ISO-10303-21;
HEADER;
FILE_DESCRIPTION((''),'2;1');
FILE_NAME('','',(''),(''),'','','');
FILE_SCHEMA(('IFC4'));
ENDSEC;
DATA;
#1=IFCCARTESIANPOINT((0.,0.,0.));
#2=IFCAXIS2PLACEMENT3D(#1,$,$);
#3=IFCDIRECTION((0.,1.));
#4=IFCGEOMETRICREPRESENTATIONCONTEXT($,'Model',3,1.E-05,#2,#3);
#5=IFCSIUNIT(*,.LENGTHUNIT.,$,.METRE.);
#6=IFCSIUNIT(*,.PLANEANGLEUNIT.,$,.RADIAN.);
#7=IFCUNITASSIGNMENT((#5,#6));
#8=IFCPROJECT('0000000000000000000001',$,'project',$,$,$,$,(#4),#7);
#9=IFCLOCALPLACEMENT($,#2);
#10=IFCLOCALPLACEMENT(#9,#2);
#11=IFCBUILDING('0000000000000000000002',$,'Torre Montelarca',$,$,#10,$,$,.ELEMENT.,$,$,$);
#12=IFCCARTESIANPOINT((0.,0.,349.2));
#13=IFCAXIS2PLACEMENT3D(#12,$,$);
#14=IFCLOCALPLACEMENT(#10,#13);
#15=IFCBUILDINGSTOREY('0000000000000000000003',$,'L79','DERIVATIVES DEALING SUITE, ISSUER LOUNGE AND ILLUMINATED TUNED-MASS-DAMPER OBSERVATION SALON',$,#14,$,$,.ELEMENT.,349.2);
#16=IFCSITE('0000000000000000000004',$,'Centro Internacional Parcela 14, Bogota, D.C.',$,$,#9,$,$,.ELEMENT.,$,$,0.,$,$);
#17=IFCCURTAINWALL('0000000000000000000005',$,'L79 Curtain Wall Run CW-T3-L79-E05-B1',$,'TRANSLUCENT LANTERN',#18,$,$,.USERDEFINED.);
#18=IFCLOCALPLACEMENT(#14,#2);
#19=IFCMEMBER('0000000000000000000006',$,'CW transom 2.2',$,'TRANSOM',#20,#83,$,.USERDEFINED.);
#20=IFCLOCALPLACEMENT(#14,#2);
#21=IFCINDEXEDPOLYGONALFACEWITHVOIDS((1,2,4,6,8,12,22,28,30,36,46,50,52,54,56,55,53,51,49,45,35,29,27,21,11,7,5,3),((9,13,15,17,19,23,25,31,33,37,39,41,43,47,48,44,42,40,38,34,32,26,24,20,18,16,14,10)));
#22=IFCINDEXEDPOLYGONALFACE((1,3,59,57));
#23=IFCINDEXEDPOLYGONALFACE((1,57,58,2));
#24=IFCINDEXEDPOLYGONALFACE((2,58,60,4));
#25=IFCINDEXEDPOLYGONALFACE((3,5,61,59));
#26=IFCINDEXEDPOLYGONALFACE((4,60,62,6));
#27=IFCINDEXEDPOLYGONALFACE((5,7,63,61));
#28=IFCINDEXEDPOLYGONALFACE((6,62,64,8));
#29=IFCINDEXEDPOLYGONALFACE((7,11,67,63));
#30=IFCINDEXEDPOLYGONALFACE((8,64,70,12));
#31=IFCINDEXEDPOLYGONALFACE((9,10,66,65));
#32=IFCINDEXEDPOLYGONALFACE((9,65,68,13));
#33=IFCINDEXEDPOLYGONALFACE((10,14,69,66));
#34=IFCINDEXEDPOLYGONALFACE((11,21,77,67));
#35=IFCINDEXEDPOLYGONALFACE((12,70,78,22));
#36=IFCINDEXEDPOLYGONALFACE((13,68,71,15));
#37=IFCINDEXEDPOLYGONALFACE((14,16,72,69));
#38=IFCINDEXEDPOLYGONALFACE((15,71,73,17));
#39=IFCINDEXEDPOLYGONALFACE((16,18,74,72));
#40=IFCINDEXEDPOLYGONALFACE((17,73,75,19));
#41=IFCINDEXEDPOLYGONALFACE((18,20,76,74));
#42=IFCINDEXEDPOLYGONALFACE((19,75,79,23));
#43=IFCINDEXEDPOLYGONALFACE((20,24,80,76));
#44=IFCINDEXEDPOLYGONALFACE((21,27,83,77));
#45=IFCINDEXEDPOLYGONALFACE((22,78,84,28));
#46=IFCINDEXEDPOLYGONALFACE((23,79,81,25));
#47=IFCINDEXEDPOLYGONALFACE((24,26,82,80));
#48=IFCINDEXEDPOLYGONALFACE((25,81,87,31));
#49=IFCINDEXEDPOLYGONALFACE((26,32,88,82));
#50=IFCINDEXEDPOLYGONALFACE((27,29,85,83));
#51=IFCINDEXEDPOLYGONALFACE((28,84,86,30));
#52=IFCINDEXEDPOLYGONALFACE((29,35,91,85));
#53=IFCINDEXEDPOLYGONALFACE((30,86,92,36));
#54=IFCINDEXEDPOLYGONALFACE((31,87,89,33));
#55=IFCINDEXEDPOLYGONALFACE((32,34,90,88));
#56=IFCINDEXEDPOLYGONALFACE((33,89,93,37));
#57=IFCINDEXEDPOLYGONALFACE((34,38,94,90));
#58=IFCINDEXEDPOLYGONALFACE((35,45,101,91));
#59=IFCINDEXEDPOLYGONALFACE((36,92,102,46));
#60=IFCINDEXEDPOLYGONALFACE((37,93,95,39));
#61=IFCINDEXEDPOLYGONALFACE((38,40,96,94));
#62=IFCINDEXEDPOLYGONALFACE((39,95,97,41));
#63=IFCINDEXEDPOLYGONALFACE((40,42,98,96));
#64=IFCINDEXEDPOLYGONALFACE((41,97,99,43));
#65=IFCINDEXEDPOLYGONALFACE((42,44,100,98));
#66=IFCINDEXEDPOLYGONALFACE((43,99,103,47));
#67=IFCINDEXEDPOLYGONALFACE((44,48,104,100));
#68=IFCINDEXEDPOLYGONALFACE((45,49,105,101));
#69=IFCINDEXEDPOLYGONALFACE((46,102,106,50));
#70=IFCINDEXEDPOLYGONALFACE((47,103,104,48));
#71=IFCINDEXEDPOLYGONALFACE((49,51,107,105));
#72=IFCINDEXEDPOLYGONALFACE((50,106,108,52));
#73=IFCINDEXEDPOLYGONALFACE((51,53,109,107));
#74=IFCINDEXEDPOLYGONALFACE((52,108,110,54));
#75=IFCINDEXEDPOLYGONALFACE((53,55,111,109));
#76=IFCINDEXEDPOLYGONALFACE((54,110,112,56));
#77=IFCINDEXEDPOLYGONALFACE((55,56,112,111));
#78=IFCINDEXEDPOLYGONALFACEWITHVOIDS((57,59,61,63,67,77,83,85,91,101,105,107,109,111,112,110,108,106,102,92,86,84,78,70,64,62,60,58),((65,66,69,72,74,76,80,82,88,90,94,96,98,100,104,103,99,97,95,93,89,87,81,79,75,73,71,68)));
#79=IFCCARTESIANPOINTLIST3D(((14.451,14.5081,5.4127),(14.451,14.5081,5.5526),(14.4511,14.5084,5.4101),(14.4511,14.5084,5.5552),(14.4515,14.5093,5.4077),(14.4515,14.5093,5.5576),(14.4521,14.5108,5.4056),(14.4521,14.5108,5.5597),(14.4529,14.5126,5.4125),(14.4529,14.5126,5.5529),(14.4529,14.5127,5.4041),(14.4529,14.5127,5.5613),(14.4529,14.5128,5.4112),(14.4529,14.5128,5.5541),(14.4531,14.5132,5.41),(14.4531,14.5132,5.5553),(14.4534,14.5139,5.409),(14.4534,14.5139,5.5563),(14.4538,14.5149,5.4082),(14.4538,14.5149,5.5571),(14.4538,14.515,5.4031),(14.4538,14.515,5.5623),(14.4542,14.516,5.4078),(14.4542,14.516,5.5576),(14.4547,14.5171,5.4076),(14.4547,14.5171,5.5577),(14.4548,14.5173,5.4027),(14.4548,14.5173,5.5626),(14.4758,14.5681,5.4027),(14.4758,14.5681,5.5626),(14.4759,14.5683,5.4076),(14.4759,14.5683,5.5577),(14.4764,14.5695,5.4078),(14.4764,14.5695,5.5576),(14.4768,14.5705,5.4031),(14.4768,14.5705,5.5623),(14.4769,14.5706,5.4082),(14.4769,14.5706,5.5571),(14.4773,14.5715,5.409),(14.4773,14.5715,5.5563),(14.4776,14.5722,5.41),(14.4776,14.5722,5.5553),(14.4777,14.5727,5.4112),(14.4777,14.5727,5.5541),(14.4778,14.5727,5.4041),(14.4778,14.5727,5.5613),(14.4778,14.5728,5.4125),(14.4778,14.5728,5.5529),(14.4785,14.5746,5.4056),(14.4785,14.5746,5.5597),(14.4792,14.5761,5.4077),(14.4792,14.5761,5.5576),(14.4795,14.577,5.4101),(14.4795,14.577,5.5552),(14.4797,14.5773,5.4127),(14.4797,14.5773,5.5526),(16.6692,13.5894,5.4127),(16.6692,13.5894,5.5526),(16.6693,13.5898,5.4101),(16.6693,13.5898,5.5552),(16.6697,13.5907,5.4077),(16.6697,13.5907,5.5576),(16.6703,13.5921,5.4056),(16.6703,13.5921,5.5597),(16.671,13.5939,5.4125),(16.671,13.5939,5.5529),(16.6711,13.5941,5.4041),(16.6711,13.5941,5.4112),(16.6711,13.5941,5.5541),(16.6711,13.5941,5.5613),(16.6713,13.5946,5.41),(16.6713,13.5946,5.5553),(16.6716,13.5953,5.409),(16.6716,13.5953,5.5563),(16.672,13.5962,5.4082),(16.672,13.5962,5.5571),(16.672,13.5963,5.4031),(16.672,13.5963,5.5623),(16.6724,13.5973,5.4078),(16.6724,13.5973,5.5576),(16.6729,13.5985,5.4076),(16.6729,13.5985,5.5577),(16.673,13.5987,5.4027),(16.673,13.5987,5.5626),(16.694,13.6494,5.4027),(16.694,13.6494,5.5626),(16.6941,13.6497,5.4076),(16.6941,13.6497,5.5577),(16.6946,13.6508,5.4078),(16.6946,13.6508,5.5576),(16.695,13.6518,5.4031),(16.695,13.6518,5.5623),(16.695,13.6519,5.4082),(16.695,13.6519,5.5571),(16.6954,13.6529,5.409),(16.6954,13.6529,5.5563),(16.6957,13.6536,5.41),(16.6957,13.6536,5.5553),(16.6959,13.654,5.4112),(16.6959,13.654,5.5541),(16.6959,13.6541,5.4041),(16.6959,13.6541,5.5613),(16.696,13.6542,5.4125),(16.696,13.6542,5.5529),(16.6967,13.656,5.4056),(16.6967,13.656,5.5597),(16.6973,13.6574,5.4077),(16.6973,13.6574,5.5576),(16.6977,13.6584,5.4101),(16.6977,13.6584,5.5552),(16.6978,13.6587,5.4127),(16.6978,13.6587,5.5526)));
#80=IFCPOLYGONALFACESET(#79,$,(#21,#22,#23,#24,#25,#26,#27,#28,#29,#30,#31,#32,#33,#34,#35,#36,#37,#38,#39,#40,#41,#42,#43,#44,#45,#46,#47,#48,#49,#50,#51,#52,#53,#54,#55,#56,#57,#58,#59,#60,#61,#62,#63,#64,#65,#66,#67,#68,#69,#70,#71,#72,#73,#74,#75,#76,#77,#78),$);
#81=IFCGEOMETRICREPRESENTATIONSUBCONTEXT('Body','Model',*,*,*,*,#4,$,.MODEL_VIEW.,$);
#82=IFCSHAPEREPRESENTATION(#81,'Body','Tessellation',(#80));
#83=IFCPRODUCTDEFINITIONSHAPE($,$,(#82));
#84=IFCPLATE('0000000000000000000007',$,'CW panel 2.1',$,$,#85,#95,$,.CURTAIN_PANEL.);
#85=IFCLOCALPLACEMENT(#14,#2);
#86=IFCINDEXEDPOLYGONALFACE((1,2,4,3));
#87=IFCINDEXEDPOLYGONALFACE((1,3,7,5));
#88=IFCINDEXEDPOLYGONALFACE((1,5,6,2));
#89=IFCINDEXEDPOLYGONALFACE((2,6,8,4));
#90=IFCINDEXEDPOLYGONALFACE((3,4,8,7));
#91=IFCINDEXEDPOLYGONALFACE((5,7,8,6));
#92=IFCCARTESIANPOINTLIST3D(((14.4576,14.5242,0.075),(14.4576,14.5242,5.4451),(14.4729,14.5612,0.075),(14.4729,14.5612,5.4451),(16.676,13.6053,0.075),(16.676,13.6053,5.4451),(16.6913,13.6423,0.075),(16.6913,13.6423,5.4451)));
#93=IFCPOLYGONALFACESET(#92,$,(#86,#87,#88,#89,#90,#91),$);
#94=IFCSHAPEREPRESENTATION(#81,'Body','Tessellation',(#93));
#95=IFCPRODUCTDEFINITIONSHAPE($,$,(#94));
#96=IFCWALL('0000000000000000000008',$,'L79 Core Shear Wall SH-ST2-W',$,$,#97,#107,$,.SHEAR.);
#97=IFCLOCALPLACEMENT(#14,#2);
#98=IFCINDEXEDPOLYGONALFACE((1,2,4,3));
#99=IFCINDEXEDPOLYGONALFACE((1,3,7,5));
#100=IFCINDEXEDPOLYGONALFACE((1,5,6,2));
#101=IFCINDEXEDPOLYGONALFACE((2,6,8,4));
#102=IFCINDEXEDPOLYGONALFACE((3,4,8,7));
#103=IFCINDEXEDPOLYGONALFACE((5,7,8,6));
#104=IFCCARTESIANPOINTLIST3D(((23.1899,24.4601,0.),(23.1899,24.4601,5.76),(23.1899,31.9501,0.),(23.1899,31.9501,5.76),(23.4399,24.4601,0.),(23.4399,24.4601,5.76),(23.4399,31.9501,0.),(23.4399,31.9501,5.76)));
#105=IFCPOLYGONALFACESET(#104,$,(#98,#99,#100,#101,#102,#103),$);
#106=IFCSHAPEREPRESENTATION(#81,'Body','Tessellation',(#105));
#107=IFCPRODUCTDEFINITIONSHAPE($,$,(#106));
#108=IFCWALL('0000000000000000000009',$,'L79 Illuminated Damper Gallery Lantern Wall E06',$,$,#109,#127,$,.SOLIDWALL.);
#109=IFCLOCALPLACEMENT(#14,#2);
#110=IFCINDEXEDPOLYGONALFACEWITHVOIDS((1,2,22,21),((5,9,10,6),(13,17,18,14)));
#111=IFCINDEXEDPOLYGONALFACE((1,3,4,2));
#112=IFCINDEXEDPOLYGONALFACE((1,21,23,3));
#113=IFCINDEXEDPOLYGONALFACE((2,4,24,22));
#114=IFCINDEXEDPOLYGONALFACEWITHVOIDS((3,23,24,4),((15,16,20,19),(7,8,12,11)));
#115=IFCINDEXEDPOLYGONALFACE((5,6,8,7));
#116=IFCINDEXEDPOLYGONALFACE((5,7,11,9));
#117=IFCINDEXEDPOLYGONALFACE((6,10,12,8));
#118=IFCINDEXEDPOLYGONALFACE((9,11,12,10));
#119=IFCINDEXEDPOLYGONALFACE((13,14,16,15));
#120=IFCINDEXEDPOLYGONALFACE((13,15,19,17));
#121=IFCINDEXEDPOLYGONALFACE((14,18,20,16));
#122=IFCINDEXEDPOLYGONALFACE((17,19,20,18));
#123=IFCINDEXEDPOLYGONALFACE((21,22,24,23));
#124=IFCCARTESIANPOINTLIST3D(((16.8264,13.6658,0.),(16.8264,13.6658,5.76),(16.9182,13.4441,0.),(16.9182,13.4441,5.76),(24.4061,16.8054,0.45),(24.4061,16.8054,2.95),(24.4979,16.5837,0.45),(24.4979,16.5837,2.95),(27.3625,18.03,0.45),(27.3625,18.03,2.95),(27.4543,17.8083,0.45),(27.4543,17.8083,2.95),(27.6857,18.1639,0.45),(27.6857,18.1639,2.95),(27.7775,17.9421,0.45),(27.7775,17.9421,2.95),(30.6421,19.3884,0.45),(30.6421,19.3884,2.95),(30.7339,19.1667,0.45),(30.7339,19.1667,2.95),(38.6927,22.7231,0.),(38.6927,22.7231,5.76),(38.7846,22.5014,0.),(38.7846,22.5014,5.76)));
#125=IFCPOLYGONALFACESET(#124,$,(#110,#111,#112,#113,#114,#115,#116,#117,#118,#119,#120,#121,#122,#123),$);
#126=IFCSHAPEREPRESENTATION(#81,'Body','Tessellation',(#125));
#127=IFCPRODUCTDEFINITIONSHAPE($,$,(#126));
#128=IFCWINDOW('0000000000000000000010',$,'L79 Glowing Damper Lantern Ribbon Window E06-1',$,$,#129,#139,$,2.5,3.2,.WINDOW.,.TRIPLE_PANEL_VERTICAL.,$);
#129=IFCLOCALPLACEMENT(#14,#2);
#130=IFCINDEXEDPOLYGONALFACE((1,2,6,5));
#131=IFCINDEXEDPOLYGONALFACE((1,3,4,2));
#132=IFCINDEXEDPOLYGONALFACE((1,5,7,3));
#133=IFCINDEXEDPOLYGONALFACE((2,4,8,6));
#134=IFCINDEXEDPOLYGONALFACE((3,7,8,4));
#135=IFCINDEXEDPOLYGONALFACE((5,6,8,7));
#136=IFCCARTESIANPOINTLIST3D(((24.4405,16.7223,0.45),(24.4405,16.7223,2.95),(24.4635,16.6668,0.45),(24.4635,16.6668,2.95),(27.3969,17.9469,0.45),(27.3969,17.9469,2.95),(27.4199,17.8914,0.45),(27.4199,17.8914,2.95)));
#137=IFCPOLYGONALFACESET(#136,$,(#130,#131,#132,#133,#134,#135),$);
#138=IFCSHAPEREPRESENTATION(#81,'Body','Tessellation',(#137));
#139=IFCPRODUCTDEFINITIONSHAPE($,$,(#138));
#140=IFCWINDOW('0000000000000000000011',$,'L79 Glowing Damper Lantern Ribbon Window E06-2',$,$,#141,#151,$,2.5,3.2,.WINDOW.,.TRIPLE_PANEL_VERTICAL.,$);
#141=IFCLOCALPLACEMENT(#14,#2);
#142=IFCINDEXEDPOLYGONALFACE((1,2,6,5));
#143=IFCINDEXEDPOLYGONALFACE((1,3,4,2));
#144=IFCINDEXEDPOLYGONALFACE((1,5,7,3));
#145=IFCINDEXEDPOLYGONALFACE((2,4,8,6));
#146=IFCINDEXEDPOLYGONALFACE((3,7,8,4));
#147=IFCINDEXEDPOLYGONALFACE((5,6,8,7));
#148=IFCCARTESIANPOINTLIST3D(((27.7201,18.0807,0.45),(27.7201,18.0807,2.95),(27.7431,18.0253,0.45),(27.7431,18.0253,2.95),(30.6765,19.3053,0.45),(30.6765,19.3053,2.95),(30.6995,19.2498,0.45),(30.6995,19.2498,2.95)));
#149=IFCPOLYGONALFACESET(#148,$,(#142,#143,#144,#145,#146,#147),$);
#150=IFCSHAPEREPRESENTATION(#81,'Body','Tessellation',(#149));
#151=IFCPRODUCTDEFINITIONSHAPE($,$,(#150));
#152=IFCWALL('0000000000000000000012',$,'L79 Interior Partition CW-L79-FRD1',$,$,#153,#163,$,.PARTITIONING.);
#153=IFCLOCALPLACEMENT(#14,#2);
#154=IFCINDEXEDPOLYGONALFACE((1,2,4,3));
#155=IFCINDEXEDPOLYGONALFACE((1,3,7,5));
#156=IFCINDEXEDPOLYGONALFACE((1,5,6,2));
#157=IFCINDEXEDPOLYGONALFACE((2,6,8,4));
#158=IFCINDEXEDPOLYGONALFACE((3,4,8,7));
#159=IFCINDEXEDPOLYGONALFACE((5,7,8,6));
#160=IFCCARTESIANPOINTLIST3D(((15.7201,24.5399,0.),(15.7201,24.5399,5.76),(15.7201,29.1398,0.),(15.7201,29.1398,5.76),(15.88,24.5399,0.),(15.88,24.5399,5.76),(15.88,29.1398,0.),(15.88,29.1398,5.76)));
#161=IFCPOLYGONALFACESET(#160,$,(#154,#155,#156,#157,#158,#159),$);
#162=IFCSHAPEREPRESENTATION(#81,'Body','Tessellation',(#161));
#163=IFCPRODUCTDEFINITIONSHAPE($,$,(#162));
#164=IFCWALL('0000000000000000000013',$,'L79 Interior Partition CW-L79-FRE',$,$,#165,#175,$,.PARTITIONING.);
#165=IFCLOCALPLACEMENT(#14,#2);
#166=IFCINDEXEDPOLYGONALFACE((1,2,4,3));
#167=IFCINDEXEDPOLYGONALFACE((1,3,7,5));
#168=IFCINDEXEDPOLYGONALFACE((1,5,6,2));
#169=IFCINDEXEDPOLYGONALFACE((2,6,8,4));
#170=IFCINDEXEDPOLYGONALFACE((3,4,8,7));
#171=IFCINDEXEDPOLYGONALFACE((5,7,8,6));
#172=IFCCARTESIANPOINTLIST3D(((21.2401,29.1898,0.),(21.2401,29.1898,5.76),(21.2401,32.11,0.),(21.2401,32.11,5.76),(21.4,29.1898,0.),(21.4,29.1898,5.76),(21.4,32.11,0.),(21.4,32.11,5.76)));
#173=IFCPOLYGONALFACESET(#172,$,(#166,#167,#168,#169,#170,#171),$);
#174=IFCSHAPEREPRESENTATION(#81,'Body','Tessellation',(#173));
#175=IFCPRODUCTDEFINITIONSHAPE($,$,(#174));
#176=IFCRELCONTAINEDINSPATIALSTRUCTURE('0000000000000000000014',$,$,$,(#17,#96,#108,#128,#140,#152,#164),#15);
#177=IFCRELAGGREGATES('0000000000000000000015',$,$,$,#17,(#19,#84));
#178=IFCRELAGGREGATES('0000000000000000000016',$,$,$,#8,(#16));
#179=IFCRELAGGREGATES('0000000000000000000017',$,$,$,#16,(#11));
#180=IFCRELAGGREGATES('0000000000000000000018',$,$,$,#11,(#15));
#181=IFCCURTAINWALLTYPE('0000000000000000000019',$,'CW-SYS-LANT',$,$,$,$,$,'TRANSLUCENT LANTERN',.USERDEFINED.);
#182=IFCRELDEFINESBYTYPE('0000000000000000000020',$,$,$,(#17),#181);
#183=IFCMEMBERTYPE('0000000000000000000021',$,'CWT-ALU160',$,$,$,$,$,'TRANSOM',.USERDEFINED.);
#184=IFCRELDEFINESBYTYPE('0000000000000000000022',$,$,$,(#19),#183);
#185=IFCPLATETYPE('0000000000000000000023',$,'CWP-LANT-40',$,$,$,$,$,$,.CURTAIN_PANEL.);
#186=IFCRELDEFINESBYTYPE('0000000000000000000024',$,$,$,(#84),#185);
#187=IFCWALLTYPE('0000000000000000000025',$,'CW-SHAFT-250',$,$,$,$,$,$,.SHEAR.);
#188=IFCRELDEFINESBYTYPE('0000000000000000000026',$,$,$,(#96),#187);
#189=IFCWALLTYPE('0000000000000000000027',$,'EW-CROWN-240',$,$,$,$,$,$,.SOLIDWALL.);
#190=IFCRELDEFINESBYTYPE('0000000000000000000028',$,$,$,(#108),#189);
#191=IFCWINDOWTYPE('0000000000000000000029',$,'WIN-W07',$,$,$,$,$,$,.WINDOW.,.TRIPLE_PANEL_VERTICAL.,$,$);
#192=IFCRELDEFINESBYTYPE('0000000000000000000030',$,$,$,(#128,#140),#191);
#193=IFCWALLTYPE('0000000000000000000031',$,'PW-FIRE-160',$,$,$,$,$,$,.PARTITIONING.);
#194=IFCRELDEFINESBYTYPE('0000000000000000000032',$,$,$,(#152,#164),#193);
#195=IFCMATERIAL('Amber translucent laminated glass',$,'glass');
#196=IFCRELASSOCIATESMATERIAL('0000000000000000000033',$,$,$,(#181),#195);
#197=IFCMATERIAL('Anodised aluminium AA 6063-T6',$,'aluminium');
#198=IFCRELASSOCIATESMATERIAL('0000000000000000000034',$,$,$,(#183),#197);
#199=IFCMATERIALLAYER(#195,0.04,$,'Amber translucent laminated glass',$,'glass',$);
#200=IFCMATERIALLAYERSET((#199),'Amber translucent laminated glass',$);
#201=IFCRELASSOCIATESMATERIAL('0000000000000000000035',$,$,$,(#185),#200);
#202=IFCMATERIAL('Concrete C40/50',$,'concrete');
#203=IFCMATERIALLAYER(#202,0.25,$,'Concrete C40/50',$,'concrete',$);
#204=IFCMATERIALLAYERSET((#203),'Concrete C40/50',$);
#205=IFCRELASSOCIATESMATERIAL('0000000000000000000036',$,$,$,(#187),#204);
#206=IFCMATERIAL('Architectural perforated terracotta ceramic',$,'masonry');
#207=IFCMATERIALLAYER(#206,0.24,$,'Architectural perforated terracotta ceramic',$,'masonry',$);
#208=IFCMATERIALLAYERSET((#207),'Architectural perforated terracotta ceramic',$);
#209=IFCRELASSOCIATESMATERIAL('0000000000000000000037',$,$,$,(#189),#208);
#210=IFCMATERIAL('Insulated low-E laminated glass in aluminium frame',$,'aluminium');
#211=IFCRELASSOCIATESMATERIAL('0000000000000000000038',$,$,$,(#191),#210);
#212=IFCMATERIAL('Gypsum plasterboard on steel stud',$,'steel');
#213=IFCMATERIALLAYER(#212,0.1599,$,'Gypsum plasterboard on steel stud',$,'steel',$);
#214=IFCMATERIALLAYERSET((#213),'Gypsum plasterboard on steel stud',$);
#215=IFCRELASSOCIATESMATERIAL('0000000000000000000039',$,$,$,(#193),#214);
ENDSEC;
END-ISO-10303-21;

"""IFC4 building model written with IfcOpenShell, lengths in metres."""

from ifc_helpers import new_model, si_unit, direction, frame, frame_2d, origin, origin_2d, place, context, subcontext, project, spatial, rectangle, hollow_rectangle, extrude, source, transform, mapped, material, layer, layer_set, material_profile, profile_set, type_object, element, fill, aggregate, save


model = new_model("IFC4")

# Units and contexts
model_context = context("Model", 3, precision=1e-05, world=origin(), true_north=direction((0.0, 1.0)))
body_context = subcontext(model_context, "Body", "Model", "MODEL_VIEW")
ifc_project = project(units=[si_unit("LENGTHUNIT", "METRE"), si_unit("PLANEANGLEUNIT", "RADIAN")], contexts=[model_context])

# Site, building, storey
site_placement = place(None, origin())
site = spatial("IfcSite", under=ifc_project, at=site_placement, Name="Centro Internacional Parcela 14, Bogota, D.C.", CompositionType="ELEMENT", RefElevation=0.0)
building_placement = place(site_placement, origin())
building = spatial("IfcBuilding", under=site, at=building_placement, Name="Torre Montelarca", CompositionType="ELEMENT")
storey_placement = place(building_placement, frame((0.0, 0.0, 349.2)))
storey = spatial("IfcBuildingStorey", under=building, at=storey_placement, Name="L79", Description="DERIVATIVES DEALING SUITE, ISSUER LOUNGE AND ILLUMINATED TUNED-MASS-DAMPER OBSERVATION SALON", CompositionType="ELEMENT", Elevation=349.2)

# Shared definitions
ifc_material_1 = material(Name="Concrete C40/50", Category="concrete")

# Curtain wall, member, plate
ifc_material_2 = material(Name="Amber translucent laminated glass", Category="glass")
curtain_wall_type = type_object("IfcCurtainWallType", Name="CW-SYS-LANT", ElementType="TRANSLUCENT LANTERN", PredefinedType="USERDEFINED", material=ifc_material_2)
curtain_wall_placement = place(storey_placement, origin())
curtain_wall = element("IfcCurtainWall", 1, at=curtain_wall_placement, inside=storey, type_object=curtain_wall_type, Name="L79 Curtain Wall Run CW-T3-L79-E05-B1", ObjectType="TRANSLUCENT LANTERN", PredefinedType="USERDEFINED")
ifc_material_3 = material(Name="Anodised aluminium AA 6063-T6", Category="aluminium")
ifc_material_profile_1 = material_profile(ifc_material_3, hollow_rectangle(XDim=0.075, YDim=0.1599, WallThickness=0.0049, InnerFilletRadius=0.0049, OuterFilletRadius=0.01, at=origin_2d()), Name="ALU75X160X5", Category="aluminium")
ifc_profile_set_1 = profile_set([ifc_material_profile_1], Name="Anodised aluminium AA 6063-T6")
member_type_1 = type_object("IfcMemberType", Name="CWT-ALU160", ElementType="TRANSOM", PredefinedType="USERDEFINED", material=ifc_profile_set_1)
shared_shape_1 = source(origin(), body_context, "Body", "SweptSolid", [
    extrude(hollow_rectangle(XDim=0.075, YDim=0.1599, WallThickness=0.0049, InnerFilletRadius=0.0049, OuterFilletRadius=0.01, at=origin_2d()), origin(), (0.0, 0.0, 1.0), 2.4009),
])
member_1_placement = place(storey_placement, frame((14.4653, 14.5427, 5.4827), z_axis=(0.923899, -0.382636, 0.0), x_axis=(0.382636, 0.923899, 0.0)))
member_1 = element("IfcMember", 2, at=member_1_placement, type_object=member_type_1, Name="CW transom 2.2", ObjectType="TRANSOM", PredefinedType="USERDEFINED", context=body_context, shape_type="MappedRepresentation", body=[
    mapped(shared_shape_1, transform((0.0, 0.0, 0.0), scale=1.0)),
])
ifc_layer_1 = layer(ifc_material_2, 0.04, Name="Amber translucent laminated glass", Category="glass")
ifc_layer_set_1 = layer_set([ifc_layer_1], Name="Amber translucent laminated glass")
plate_type = type_object("IfcPlateType", Name="CWP-LANT-40", PredefinedType="CURTAIN_PANEL", material=ifc_layer_set_1)
shared_shape_2 = source(origin(), body_context, "Body", "SweptSolid", [
    extrude(rectangle(XDim=2.4011, YDim=0.04, at=origin_2d()), origin(), (0.0, 0.0, 1.0), 5.3701),
])
plate_placement = place(storey_placement, frame((15.5745, 14.0833, 0.075), z_axis=(0.0, 0.0, 1.0), x_axis=(0.923885, -0.382671, 0.0)))
plate = element("IfcPlate", 3, at=plate_placement, type_object=plate_type, Name="CW panel 2.1", PredefinedType="CURTAIN_PANEL", context=body_context, shape_type="MappedRepresentation", body=[
    mapped(shared_shape_2, transform((0.0, 0.0, 0.0), scale=1.0)),
])
aggregate(curtain_wall, [member_1, plate])

# Wall
ifc_layer_2 = layer(ifc_material_1, 0.25, Name="Concrete C40/50", Category="concrete")
ifc_layer_set_2 = layer_set([ifc_layer_2], Name="Concrete C40/50")
wall_type_1 = type_object("IfcWallType", Name="CW-SHAFT-250", PredefinedType="SHEAR", material=ifc_layer_set_2)
wall_1_placement = place(storey_placement, frame((23.3149, 24.46, 0.0), z_axis=(0.0, 0.0, 1.0), x_axis=(0.0, 1.0, 0.0)))
element("IfcWall", 4, at=wall_1_placement, inside=storey, type_object=wall_type_1, Name="L79 Core Shear Wall SH-ST2-W", PredefinedType="SHEAR", context=body_context, shape_type="SweptSolid", body=[
    extrude(rectangle(XDim=7.49, YDim=0.25, at=frame_2d((3.7451, 0.0))), origin(), (0.0, 0.0, 1.0), 5.76),
])

# Wall, openings, windows
ifc_material_4 = material(Name="Architectural perforated terracotta ceramic", Category="masonry")
ifc_layer_3 = layer(ifc_material_4, 0.24, Name="Architectural perforated terracotta ceramic", Category="masonry")
ifc_layer_set_3 = layer_set([ifc_layer_3], Name="Architectural perforated terracotta ceramic")
wall_type_2 = type_object("IfcWallType", Name="EW-CROWN-240", PredefinedType="SOLIDWALL", material=ifc_layer_set_3)
wall_2_placement = place(storey_placement, frame((16.8723, 13.5549, 0.0), z_axis=(0.0, 0.0, 1.0), x_axis=(0.92388, 0.382683, 0.0)))
wall_2 = element("IfcWall", 5, at=wall_2_placement, inside=storey, type_object=wall_type_2, Name="L79 Illuminated Damper Gallery Lantern Wall E06", PredefinedType="SOLIDWALL", context=body_context, shape_type="SweptSolid", body=[
    extrude(rectangle(XDim=23.668, YDim=0.24, at=frame_2d((11.834, 0.0))), origin(), (0.0, 0.0, 1.0), 5.76),
])
opening_1_placement = place(wall_2_placement, frame((8.2041, 0.0, 0.45)))
opening_1 = element("IfcOpeningElement", 6, at=opening_1_placement, cuts=wall_2, PredefinedType="OPENING", context=body_context, shape_type="SweptSolid", body=[
    extrude(rectangle(XDim=3.2, YDim=2.5, at=frame_2d((1.6001, 1.25))), frame((0.0, 0.1299, 0.0), z_axis=(0.0, -1.0, 0.0), x_axis=(1.0, 0.0, 0.0)), (0.0, 0.0, 1.0), 0.26),
])
opening_2_placement = place(wall_2_placement, frame((11.7539, 0.0, 0.45)))
opening_2 = element("IfcOpeningElement", 7, at=opening_2_placement, cuts=wall_2, PredefinedType="OPENING", context=body_context, shape_type="SweptSolid", body=[
    extrude(rectangle(XDim=3.2, YDim=2.5, at=frame_2d((1.6001, 1.25))), frame((0.0, 0.1299, 0.0), z_axis=(0.0, -1.0, 0.0), x_axis=(1.0, 0.0, 0.0)), (0.0, 0.0, 1.0), 0.26),
])
ifc_material_5 = material(Name="Insulated low-E laminated glass in aluminium frame", Category="aluminium")
window_type = type_object("IfcWindowType", Name="WIN-W07", PartitioningType="TRIPLE_PANEL_VERTICAL", PredefinedType="WINDOW", material=ifc_material_5)
shared_shape_3 = source(origin(), body_context, "Body", "SweptSolid", [
    extrude(rectangle(XDim=3.2, YDim=2.5, at=frame_2d((1.6001, 1.25))), frame((0.0, 0.03, 0.0), z_axis=(0.0, -1.0, 0.0), x_axis=(1.0, 0.0, 0.0)), (0.0, 0.0, 1.0), 0.0601),
])
window_1_placement = place(opening_1_placement, origin())
window_1 = element("IfcWindow", 8, at=window_1_placement, inside=storey, type_object=window_type, Name="L79 Glowing Damper Lantern Ribbon Window E06-1", OverallHeight=2.5, OverallWidth=3.2, PartitioningType="TRIPLE_PANEL_VERTICAL", PredefinedType="WINDOW", context=body_context, shape_type="MappedRepresentation", body=[
    mapped(shared_shape_3, transform((0.0, 0.0, 0.0), scale=1.0)),
])
fill(opening_1, window_1)
window_2_placement = place(opening_2_placement, origin())
window_2 = element("IfcWindow", 9, at=window_2_placement, inside=storey, type_object=window_type, Name="L79 Glowing Damper Lantern Ribbon Window E06-2", OverallHeight=2.5, OverallWidth=3.2, PartitioningType="TRIPLE_PANEL_VERTICAL", PredefinedType="WINDOW", context=body_context, shape_type="MappedRepresentation", body=[
    mapped(shared_shape_3, transform((0.0, 0.0, 0.0), scale=1.0)),
])
fill(opening_2, window_2)

# Walls
ifc_material_6 = material(Name="Gypsum plasterboard on steel stud", Category="steel")
ifc_layer_4 = layer(ifc_material_6, 0.1599, Name="Gypsum plasterboard on steel stud", Category="steel")
ifc_layer_set_4 = layer_set([ifc_layer_4], Name="Gypsum plasterboard on steel stud")
wall_type_3 = type_object("IfcWallType", Name="PW-FIRE-160", PredefinedType="PARTITIONING", material=ifc_layer_set_4)
wall_3_placement = place(storey_placement, frame((15.8, 24.54, 0.0), z_axis=(0.0, 0.0, 1.0), x_axis=(0.0, 1.0, 0.0)))
element("IfcWall", 10, at=wall_3_placement, inside=storey, type_object=wall_type_3, Name="L79 Interior Partition CW-L79-FRD1", PredefinedType="PARTITIONING", context=body_context, shape_type="SweptSolid", body=[
    extrude(rectangle(XDim=4.5999, YDim=0.1599, at=frame_2d((2.2998, 0.0))), origin(), (0.0, 0.0, 1.0), 5.76),
])
wall_4_placement = place(storey_placement, frame((21.3201, 29.1899, 0.0), z_axis=(0.0, 0.0, 1.0), x_axis=(0.0, 1.0, 0.0)))
element("IfcWall", 11, at=wall_4_placement, inside=storey, type_object=wall_type_3, Name="L79 Interior Partition CW-L79-FRE", PredefinedType="PARTITIONING", context=body_context, shape_type="SweptSolid", body=[
    extrude(rectangle(XDim=2.9202, YDim=0.1599, at=frame_2d((1.46, 0.0))), origin(), (0.0, 0.0, 1.0), 5.76),
])

save(model, "model.ifc")
